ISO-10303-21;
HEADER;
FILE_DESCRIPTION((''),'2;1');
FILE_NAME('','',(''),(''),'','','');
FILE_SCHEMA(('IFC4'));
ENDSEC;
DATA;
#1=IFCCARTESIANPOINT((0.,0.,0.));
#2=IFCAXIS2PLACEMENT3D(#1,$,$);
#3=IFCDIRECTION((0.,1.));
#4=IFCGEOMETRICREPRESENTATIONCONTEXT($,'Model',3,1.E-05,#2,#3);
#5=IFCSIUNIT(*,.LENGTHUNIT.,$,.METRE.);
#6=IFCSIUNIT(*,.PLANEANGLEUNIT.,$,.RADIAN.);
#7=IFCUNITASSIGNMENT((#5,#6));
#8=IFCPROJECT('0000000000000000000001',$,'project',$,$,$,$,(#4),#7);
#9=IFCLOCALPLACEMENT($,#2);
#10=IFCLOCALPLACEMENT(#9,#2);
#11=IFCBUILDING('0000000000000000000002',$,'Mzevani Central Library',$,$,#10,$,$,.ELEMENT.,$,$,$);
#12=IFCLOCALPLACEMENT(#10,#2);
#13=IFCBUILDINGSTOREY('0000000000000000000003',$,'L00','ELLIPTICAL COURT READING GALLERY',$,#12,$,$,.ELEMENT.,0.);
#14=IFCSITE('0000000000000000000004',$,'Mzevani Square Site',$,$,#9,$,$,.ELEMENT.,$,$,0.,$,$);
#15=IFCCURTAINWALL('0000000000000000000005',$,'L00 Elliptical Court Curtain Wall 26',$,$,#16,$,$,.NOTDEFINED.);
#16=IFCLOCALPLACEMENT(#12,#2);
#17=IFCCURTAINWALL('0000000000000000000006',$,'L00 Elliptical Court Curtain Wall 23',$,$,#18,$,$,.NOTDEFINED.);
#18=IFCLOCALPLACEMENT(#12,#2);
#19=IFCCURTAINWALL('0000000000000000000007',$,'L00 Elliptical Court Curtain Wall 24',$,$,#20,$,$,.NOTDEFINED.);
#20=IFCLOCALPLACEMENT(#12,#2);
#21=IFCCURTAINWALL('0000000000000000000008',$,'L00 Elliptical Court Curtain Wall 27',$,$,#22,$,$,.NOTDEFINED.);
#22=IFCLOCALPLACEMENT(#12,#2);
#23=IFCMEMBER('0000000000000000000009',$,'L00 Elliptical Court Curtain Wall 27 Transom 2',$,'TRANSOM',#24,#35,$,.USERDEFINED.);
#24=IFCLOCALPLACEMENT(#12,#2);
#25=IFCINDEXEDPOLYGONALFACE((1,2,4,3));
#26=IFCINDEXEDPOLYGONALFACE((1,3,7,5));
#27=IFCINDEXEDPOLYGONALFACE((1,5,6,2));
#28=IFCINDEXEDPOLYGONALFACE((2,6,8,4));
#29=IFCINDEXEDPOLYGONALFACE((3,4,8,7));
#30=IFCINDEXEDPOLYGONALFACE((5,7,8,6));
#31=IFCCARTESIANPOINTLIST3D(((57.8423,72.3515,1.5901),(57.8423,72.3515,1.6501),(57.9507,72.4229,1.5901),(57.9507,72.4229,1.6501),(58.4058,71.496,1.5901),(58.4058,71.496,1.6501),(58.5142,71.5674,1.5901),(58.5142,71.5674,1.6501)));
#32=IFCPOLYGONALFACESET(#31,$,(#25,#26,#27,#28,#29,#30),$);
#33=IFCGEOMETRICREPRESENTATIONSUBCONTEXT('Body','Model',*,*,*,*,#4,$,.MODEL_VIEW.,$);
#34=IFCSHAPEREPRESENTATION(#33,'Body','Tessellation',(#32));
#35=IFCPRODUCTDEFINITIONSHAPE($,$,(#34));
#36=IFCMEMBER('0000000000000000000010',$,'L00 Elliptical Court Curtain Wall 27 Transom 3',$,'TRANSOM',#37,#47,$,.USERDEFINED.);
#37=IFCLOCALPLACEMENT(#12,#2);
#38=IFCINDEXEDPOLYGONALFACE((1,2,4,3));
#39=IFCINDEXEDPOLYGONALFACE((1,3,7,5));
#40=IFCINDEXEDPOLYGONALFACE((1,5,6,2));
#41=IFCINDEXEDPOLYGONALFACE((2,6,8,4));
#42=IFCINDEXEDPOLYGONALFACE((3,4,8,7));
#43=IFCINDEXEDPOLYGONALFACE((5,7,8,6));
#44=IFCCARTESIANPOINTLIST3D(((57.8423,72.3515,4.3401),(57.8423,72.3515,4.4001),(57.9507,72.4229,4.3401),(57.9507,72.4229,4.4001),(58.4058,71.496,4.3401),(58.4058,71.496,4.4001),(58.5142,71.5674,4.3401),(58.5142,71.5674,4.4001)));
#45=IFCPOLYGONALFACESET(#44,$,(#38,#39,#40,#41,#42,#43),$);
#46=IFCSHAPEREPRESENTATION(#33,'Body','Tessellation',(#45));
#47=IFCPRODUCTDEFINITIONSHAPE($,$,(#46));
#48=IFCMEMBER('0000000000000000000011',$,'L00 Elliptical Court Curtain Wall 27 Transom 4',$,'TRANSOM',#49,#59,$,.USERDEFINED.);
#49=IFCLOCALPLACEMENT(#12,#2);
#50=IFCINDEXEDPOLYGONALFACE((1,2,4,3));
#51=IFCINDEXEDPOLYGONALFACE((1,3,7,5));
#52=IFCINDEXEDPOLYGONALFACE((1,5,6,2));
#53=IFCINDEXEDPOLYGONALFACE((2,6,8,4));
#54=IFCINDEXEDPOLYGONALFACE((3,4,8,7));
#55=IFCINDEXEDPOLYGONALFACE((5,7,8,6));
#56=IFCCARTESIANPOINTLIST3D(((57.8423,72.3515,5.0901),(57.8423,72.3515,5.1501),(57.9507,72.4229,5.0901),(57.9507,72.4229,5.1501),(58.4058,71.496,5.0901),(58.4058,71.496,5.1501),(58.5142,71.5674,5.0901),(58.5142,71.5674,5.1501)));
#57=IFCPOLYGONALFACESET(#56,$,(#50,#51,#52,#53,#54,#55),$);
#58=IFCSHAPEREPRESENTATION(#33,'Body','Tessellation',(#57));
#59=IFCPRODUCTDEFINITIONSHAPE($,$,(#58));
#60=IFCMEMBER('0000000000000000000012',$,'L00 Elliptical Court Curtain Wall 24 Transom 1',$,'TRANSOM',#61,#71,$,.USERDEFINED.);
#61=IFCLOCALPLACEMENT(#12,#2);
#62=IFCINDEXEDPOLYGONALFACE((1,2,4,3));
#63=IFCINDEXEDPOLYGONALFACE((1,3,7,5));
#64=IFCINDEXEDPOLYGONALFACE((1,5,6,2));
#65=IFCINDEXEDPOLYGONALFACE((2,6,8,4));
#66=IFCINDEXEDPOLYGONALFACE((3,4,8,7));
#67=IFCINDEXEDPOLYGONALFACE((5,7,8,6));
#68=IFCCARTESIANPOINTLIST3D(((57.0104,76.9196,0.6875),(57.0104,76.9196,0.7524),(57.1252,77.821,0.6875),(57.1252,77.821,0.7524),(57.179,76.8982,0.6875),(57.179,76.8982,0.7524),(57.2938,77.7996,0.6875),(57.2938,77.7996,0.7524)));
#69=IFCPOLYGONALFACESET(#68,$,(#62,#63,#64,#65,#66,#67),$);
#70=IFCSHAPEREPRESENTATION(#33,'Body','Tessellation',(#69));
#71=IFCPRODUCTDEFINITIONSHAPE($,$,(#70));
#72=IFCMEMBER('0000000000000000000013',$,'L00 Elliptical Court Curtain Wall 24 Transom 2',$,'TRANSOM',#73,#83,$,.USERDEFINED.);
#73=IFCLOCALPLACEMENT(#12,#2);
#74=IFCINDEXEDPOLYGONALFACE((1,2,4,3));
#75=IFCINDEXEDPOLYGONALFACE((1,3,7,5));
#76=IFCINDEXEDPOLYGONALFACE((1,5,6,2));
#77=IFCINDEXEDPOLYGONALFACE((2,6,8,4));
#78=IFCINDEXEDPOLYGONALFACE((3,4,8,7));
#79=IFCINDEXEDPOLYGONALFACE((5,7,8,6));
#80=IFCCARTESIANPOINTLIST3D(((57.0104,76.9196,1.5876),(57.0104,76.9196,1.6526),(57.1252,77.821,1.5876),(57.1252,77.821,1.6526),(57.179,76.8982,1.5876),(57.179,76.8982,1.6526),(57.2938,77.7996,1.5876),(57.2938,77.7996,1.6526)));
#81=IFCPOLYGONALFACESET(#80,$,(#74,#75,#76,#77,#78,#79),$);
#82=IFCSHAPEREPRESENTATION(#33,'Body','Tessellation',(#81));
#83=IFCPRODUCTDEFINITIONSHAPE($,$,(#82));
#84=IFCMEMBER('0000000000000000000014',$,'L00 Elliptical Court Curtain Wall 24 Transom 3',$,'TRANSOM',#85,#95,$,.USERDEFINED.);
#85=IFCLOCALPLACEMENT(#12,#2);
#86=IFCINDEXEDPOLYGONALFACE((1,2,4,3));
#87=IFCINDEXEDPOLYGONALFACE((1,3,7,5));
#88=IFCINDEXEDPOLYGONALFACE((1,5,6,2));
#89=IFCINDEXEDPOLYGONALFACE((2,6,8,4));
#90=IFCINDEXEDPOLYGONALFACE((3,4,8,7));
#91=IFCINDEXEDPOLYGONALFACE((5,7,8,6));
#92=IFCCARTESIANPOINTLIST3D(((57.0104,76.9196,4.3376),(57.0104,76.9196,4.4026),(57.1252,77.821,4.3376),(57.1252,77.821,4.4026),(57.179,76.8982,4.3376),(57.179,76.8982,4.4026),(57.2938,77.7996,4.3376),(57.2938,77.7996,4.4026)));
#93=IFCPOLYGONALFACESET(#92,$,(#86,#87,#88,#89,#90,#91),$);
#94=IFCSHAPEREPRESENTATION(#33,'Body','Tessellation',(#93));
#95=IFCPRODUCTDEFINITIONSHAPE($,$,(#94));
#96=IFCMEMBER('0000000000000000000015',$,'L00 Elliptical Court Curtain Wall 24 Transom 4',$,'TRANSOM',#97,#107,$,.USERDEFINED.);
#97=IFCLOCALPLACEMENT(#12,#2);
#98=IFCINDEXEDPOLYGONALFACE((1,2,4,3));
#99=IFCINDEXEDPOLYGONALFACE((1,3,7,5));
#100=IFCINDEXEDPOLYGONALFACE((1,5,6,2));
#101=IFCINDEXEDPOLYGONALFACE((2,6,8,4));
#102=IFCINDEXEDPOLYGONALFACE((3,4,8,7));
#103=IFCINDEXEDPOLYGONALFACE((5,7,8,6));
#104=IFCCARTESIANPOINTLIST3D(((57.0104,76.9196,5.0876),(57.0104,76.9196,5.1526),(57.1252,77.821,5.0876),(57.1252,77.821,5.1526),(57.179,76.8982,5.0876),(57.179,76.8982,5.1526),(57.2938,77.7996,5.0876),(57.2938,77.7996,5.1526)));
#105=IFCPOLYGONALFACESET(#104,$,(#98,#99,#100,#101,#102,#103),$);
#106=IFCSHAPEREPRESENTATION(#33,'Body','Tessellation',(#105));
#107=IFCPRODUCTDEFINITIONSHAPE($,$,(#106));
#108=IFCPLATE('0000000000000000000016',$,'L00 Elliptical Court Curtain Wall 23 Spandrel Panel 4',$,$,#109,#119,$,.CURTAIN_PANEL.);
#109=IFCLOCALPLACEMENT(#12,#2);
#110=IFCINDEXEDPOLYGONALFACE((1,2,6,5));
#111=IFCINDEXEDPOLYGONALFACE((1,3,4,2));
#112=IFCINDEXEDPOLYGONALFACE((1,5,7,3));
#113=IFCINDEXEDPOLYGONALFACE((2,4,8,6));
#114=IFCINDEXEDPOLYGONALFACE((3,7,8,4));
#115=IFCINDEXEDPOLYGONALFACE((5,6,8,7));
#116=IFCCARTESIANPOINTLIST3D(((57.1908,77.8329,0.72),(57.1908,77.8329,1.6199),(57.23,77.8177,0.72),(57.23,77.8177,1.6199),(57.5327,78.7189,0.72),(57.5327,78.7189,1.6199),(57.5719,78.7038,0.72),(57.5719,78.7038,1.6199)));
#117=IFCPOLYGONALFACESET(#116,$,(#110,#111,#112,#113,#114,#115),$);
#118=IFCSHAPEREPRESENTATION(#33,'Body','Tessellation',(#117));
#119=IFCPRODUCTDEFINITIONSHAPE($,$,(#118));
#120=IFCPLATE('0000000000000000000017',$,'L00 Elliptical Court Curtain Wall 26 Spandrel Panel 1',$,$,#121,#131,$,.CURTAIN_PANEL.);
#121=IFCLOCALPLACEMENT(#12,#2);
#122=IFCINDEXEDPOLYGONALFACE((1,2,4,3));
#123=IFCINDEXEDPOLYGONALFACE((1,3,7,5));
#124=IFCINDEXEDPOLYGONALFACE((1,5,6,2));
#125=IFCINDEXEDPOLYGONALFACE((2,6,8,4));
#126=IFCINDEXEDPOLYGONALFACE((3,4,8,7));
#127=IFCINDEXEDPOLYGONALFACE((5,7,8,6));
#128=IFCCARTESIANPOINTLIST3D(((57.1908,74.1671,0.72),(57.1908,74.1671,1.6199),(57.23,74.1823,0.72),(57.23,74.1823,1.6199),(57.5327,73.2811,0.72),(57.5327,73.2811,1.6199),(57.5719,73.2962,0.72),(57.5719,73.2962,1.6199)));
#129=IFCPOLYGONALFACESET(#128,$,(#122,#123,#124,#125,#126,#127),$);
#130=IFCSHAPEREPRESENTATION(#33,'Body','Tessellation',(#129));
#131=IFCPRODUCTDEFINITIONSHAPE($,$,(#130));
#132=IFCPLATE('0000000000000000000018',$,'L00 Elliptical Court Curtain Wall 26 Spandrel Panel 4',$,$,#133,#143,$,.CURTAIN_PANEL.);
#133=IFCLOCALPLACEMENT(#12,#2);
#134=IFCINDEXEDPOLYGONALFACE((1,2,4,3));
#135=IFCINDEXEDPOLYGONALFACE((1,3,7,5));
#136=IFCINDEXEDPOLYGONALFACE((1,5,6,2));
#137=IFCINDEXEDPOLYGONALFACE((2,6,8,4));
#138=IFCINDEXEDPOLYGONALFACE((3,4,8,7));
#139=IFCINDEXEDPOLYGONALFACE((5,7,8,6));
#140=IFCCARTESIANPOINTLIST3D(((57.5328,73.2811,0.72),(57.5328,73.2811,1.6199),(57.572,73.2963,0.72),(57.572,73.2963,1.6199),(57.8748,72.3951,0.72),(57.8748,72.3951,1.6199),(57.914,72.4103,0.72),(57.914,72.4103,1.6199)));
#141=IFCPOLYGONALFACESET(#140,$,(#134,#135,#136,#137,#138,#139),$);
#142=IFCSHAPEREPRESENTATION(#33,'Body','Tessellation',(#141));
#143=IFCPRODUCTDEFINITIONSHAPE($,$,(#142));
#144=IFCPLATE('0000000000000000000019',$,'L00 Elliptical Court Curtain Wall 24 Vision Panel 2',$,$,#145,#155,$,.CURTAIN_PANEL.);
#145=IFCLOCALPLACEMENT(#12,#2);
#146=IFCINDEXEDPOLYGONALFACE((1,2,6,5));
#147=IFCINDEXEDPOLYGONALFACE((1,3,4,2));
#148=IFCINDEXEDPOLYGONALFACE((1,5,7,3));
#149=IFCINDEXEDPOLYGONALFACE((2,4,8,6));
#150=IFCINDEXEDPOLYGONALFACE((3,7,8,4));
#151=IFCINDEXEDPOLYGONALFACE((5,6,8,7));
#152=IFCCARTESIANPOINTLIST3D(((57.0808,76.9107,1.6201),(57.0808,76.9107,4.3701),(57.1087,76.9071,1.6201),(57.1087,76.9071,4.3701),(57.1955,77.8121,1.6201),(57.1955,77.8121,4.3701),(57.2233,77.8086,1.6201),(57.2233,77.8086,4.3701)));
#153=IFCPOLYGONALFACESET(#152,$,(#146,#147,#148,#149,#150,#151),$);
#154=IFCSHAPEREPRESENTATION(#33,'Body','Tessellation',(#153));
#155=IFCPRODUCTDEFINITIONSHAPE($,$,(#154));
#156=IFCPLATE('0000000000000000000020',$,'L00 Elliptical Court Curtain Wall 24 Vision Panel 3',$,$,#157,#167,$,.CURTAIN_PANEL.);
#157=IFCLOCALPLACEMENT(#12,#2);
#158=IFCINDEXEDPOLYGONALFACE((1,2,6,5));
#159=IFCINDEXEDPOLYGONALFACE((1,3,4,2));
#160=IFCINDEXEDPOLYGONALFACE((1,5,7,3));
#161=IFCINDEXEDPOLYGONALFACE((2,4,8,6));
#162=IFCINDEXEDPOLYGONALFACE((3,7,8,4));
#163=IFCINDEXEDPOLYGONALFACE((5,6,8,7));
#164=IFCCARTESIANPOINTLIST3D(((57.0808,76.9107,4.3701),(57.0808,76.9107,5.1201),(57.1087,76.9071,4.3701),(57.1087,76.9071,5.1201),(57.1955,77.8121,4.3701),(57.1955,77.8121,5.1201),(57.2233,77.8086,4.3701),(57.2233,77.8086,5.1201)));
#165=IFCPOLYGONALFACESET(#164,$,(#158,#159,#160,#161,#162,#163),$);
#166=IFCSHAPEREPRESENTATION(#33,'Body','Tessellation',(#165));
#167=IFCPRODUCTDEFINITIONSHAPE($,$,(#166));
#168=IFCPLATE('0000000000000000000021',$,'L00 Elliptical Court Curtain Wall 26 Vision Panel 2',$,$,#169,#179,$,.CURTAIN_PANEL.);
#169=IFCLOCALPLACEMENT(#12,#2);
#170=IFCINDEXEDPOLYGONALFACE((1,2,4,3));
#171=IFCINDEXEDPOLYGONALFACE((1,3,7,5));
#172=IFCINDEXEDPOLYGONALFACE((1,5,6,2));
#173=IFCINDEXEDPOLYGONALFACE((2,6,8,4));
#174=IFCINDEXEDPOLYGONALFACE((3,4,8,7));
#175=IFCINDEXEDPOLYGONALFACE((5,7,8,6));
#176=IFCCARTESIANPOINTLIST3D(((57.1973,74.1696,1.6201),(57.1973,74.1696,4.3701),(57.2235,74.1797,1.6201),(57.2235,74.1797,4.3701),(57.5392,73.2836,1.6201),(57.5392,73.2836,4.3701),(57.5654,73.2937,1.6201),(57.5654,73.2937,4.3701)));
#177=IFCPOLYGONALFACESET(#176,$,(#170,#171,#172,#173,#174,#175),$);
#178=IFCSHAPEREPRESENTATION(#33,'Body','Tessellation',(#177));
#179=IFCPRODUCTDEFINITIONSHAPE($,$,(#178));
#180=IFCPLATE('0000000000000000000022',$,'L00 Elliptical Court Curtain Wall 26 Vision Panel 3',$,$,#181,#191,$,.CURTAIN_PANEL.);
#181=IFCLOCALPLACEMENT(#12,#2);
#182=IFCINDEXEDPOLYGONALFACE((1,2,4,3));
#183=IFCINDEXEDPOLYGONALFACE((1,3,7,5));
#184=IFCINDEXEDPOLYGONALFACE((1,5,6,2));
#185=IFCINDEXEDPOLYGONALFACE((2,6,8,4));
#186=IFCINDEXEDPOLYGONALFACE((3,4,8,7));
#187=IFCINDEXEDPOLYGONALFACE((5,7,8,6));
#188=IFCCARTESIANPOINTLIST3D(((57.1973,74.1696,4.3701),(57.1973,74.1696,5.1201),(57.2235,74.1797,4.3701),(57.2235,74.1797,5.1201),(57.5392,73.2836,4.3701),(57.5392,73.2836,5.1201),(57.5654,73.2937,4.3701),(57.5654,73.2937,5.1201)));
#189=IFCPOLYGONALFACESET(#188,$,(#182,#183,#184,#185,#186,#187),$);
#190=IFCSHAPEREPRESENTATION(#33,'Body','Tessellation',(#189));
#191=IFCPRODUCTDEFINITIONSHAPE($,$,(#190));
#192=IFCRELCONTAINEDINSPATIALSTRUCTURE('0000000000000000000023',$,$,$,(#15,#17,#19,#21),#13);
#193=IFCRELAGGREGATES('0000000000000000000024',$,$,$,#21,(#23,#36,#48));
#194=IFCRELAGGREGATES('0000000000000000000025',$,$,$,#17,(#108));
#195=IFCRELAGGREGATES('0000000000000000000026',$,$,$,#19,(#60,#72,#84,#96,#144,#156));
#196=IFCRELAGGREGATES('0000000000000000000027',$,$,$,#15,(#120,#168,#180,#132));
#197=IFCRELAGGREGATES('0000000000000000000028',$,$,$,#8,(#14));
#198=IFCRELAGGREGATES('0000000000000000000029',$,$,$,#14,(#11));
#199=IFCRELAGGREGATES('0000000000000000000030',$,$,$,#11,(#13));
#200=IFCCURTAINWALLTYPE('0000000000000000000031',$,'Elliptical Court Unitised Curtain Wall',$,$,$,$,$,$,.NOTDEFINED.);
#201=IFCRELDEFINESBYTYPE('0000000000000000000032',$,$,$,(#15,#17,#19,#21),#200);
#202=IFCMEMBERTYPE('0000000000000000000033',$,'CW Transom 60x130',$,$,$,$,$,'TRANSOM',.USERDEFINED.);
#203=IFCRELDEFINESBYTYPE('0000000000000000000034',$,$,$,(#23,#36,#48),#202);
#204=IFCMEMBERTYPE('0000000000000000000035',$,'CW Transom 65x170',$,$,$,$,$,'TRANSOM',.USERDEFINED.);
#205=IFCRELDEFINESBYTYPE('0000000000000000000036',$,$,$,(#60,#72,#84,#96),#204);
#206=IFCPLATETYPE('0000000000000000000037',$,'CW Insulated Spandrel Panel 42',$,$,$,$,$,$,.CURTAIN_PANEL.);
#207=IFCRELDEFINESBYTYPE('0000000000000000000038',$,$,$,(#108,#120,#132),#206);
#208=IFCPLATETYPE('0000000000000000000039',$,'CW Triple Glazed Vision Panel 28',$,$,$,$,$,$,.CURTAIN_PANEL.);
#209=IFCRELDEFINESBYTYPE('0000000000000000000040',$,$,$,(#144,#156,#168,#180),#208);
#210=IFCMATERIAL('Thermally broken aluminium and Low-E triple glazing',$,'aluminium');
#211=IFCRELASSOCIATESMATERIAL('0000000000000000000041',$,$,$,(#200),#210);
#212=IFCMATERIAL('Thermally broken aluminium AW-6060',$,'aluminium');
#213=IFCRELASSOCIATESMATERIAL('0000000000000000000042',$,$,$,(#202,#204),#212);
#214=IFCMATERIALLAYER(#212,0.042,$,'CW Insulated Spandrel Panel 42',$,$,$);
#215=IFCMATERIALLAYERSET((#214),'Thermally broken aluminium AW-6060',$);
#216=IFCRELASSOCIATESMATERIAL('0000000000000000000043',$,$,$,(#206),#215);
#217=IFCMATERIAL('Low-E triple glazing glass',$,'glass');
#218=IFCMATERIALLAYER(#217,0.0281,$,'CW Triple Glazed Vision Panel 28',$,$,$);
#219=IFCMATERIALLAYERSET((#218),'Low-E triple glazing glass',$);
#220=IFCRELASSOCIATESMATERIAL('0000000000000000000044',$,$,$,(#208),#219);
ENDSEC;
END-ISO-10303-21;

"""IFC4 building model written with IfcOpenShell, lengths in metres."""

from ifc_helpers import new_model, si_unit, direction, frame, origin, origin_2d, place, context, subcontext, project, spatial, rectangle, extrude, material, layer, layer_set, material_profile, profile_set, type_object, element, aggregate, save


model = new_model("IFC4")

# Units and contexts
model_context = context("Model", 3, precision=1e-05, world=origin(), true_north=direction((0.0, 1.0)))
body_context = subcontext(model_context, "Body", "Model", "MODEL_VIEW")
ifc_project = project(units=[si_unit("LENGTHUNIT", "METRE"), si_unit("PLANEANGLEUNIT", "RADIAN")], contexts=[model_context])

# Site, building, storey
site_placement = place(None, origin())
site = spatial("IfcSite", under=ifc_project, at=site_placement, Name="Mzevani Square Site", CompositionType="ELEMENT", RefElevation=0.0)
building_placement = place(site_placement, origin())
building = spatial("IfcBuilding", under=site, at=building_placement, Name="Mzevani Central Library", CompositionType="ELEMENT")
storey_placement = place(building_placement, origin())
storey = spatial("IfcBuildingStorey", under=building, at=storey_placement, Name="L00", Description="ELLIPTICAL COURT READING GALLERY", CompositionType="ELEMENT", Elevation=0.0)

# Curtain wall
ifc_material_1 = material(Name="Thermally broken aluminium and Low-E triple glazing", Category="aluminium")
curtain_wall_type_1 = type_object("IfcCurtainWallType", Name="Elliptical Court Unitised Curtain Wall", PredefinedType="NOTDEFINED", material=ifc_material_1)
curtain_wall_1_placement = place(storey_placement, origin())
curtain_wall_1 = element("IfcCurtainWall", 1, at=curtain_wall_1_placement, inside=storey, type_object=curtain_wall_type_1, Name="L00 Elliptical Court Curtain Wall 26", PredefinedType="NOTDEFINED")
ifc_material_2 = material(Name="Thermally broken aluminium AW-6060", Category="aluminium")

# Curtain walls
curtain_wall_2_placement = place(storey_placement, origin())
curtain_wall_2 = element("IfcCurtainWall", 2, at=curtain_wall_2_placement, inside=storey, type_object=curtain_wall_type_1, Name="L00 Elliptical Court Curtain Wall 23", PredefinedType="NOTDEFINED")
curtain_wall_3_placement = place(storey_placement, origin())
curtain_wall_3 = element("IfcCurtainWall", 3, at=curtain_wall_3_placement, inside=storey, type_object=curtain_wall_type_1, Name="L00 Elliptical Court Curtain Wall 24", PredefinedType="NOTDEFINED")

# Curtain wall, members
curtain_wall_4_placement = place(storey_placement, origin())
curtain_wall_4 = element("IfcCurtainWall", 4, at=curtain_wall_4_placement, inside=storey, type_object=curtain_wall_type_1, Name="L00 Elliptical Court Curtain Wall 27", PredefinedType="NOTDEFINED")
ifc_material_profile_1 = material_profile(ifc_material_2, rectangle(XDim=0.1299, YDim=0.0601, at=origin_2d()), Name="ALU T60x130")
ifc_profile_set_1 = profile_set([ifc_material_profile_1], Name="Thermally broken aluminium AW-6060")
member_type_1 = type_object("IfcMemberType", Name="CW Transom 60x130", ElementType="TRANSOM", PredefinedType="USERDEFINED", material=ifc_profile_set_1)
member_1_placement = place(storey_placement, frame((57.8965, 72.3872, 1.6201), z_axis=(0.550072, -0.835117, 0.0), x_axis=(0.835117, 0.550072, 0.0)))
member_1 = element("IfcMember", 5, at=member_1_placement, type_object=member_type_1, Name="L00 Elliptical Court Curtain Wall 27 Transom 2", ObjectType="TRANSOM", PredefinedType="USERDEFINED", context=body_context, shape_type="SweptSolid", body=[
    extrude(rectangle(XDim=0.1299, YDim=0.0601, at=origin_2d()), origin(), (0.0, 0.0, 1.0), 1.0244),
])
member_2_placement = place(storey_placement, frame((57.8965, 72.3872, 4.3701), z_axis=(0.550072, -0.835117, 0.0), x_axis=(0.835117, 0.550072, 0.0)))
member_2 = element("IfcMember", 6, at=member_2_placement, type_object=member_type_1, Name="L00 Elliptical Court Curtain Wall 27 Transom 3", ObjectType="TRANSOM", PredefinedType="USERDEFINED", context=body_context, shape_type="SweptSolid", body=[
    extrude(rectangle(XDim=0.1299, YDim=0.0601, at=origin_2d()), origin(), (0.0, 0.0, 1.0), 1.0244),
])
member_3_placement = place(storey_placement, frame((57.8965, 72.3872, 5.1201), z_axis=(0.550072, -0.835117, 0.0), x_axis=(0.835117, 0.550072, 0.0)))
member_3 = element("IfcMember", 7, at=member_3_placement, type_object=member_type_1, Name="L00 Elliptical Court Curtain Wall 27 Transom 4", ObjectType="TRANSOM", PredefinedType="USERDEFINED", context=body_context, shape_type="SweptSolid", body=[
    extrude(rectangle(XDim=0.1299, YDim=0.0601, at=origin_2d()), origin(), (0.0, 0.0, 1.0), 1.0244),
])
aggregate(curtain_wall_4, [member_1, member_2, member_3])

# Members
ifc_material_profile_2 = material_profile(ifc_material_2, rectangle(XDim=0.1699, YDim=0.0649, at=origin_2d()), Name="ALU T65x170")
ifc_profile_set_2 = profile_set([ifc_material_profile_2], Name="Thermally broken aluminium AW-6060")
member_type_2 = type_object("IfcMemberType", Name="CW Transom 65x170", ElementType="TRANSOM", PredefinedType="USERDEFINED", material=ifc_profile_set_2)
member_4_placement = place(storey_placement, frame((57.2095, 77.8103, 0.72), z_axis=(-0.126283, -0.991994, 0.0), x_axis=(0.991994, -0.126283, 0.0)))
member_4 = element("IfcMember", 8, at=member_4_placement, type_object=member_type_2, Name="L00 Elliptical Court Curtain Wall 24 Transom 1", ObjectType="TRANSOM", PredefinedType="USERDEFINED", context=body_context, shape_type="SweptSolid", body=[
    extrude(rectangle(XDim=0.1699, YDim=0.0649, at=origin_2d()), origin(), (0.0, 0.0, 1.0), 0.9087),
])
member_5_placement = place(storey_placement, frame((57.2095, 77.8103, 1.6201), z_axis=(-0.126283, -0.991994, 0.0), x_axis=(0.991994, -0.126283, 0.0)))
member_5 = element("IfcMember", 9, at=member_5_placement, type_object=member_type_2, Name="L00 Elliptical Court Curtain Wall 24 Transom 2", ObjectType="TRANSOM", PredefinedType="USERDEFINED", context=body_context, shape_type="SweptSolid", body=[
    extrude(rectangle(XDim=0.1699, YDim=0.0649, at=origin_2d()), origin(), (0.0, 0.0, 1.0), 0.9087),
])
member_6_placement = place(storey_placement, frame((57.2095, 77.8103, 4.3701), z_axis=(-0.126283, -0.991994, 0.0), x_axis=(0.991994, -0.126283, 0.0)))
member_6 = element("IfcMember", 10, at=member_6_placement, type_object=member_type_2, Name="L00 Elliptical Court Curtain Wall 24 Transom 3", ObjectType="TRANSOM", PredefinedType="USERDEFINED", context=body_context, shape_type="SweptSolid", body=[
    extrude(rectangle(XDim=0.1699, YDim=0.0649, at=origin_2d()), origin(), (0.0, 0.0, 1.0), 0.9087),
])
member_7_placement = place(storey_placement, frame((57.2095, 77.8103, 5.1201), z_axis=(-0.126283, -0.991994, 0.0), x_axis=(0.991994, -0.126283, 0.0)))
member_7 = element("IfcMember", 11, at=member_7_placement, type_object=member_type_2, Name="L00 Elliptical Court Curtain Wall 24 Transom 4", ObjectType="TRANSOM", PredefinedType="USERDEFINED", context=body_context, shape_type="SweptSolid", body=[
    extrude(rectangle(XDim=0.1699, YDim=0.0649, at=origin_2d()), origin(), (0.0, 0.0, 1.0), 0.9087),
])

# Plates
ifc_layer_1 = layer(ifc_material_2, 0.042, Name="CW Insulated Spandrel Panel 42")
ifc_layer_set_1 = layer_set([ifc_layer_1], Name="Thermally broken aluminium AW-6060")
plate_type_1 = type_object("IfcPlateType", Name="CW Insulated Spandrel Panel 42", PredefinedType="CURTAIN_PANEL", material=ifc_layer_set_1)
plate_1_placement = place(storey_placement, frame((57.3813, 78.2683, 0.72), z_axis=(0.0, 0.0, 1.0), x_axis=(-0.360062, -0.932928, 0.0)))
plate_1 = element("IfcPlate", 12, at=plate_1_placement, type_object=plate_type_1, Name="L00 Elliptical Court Curtain Wall 23 Spandrel Panel 4", PredefinedType="CURTAIN_PANEL", context=body_context, shape_type="SweptSolid", body=[
    extrude(rectangle(XDim=0.9497, YDim=0.042, at=origin_2d()), origin(), (0.0, 0.0, 1.0), 0.8999),
])
aggregate(curtain_wall_2, [plate_1])
plate_2_placement = place(storey_placement, frame((57.3813, 73.7317, 0.72), z_axis=(0.0, 0.0, 1.0), x_axis=(0.360062, -0.932928, 0.0)))
plate_2 = element("IfcPlate", 13, at=plate_2_placement, type_object=plate_type_1, Name="L00 Elliptical Court Curtain Wall 26 Spandrel Panel 1", PredefinedType="CURTAIN_PANEL", context=body_context, shape_type="SweptSolid", body=[
    extrude(rectangle(XDim=0.9497, YDim=0.042, at=origin_2d()), origin(), (0.0, 0.0, 1.0), 0.8999),
])
plate_3_placement = place(storey_placement, frame((57.7234, 72.8457, 0.72), z_axis=(0.0, 0.0, 1.0), x_axis=(0.360062, -0.932928, 0.0)))
plate_3 = element("IfcPlate", 14, at=plate_3_placement, type_object=plate_type_1, Name="L00 Elliptical Court Curtain Wall 26 Spandrel Panel 4", PredefinedType="CURTAIN_PANEL", context=body_context, shape_type="SweptSolid", body=[
    extrude(rectangle(XDim=0.9497, YDim=0.042, at=origin_2d()), origin(), (0.0, 0.0, 1.0), 0.8999),
])
ifc_material_3 = material(Name="Low-E triple glazing glass", Category="glass")
ifc_layer_2 = layer(ifc_material_3, 0.0281, Name="CW Triple Glazed Vision Panel 28")
ifc_layer_set_2 = layer_set([ifc_layer_2], Name="Low-E triple glazing glass")
plate_type_2 = type_object("IfcPlateType", Name="CW Triple Glazed Vision Panel 28", PredefinedType="CURTAIN_PANEL", material=ifc_layer_set_2)
plate_4_placement = place(storey_placement, frame((57.1521, 77.3596, 1.6201), z_axis=(0.0, 0.0, 1.0), x_axis=(-0.126168, -0.992009, 0.0)))
plate_4 = element("IfcPlate", 15, at=plate_4_placement, type_object=plate_type_2, Name="L00 Elliptical Court Curtain Wall 24 Vision Panel 2", PredefinedType="CURTAIN_PANEL", context=body_context, shape_type="SweptSolid", body=[
    extrude(rectangle(XDim=0.9087, YDim=0.0281, at=origin_2d()), origin(), (0.0, 0.0, 1.0), 2.75),
])
plate_5_placement = place(storey_placement, frame((57.1521, 77.3596, 4.3701), z_axis=(0.0, 0.0, 1.0), x_axis=(-0.126168, -0.992009, 0.0)))
plate_5 = element("IfcPlate", 16, at=plate_5_placement, type_object=plate_type_2, Name="L00 Elliptical Court Curtain Wall 24 Vision Panel 3", PredefinedType="CURTAIN_PANEL", context=body_context, shape_type="SweptSolid", body=[
    extrude(rectangle(XDim=0.9087, YDim=0.0281, at=origin_2d()), origin(), (0.0, 0.0, 1.0), 0.75),
])
aggregate(curtain_wall_3, [member_4, member_5, member_6, member_7, plate_4, plate_5])
plate_6_placement = place(storey_placement, frame((57.3813, 73.7317, 1.6201), z_axis=(0.0, 0.0, 1.0), x_axis=(0.360062, -0.932928, 0.0)))
plate_6 = element("IfcPlate", 17, at=plate_6_placement, type_object=plate_type_2, Name="L00 Elliptical Court Curtain Wall 26 Vision Panel 2", PredefinedType="CURTAIN_PANEL", context=body_context, shape_type="SweptSolid", body=[
    extrude(rectangle(XDim=0.9497, YDim=0.0281, at=origin_2d()), origin(), (0.0, 0.0, 1.0), 2.75),
])
plate_7_placement = place(storey_placement, frame((57.3813, 73.7317, 4.3701), z_axis=(0.0, 0.0, 1.0), x_axis=(0.360062, -0.932928, 0.0)))
plate_7 = element("IfcPlate", 18, at=plate_7_placement, type_object=plate_type_2, Name="L00 Elliptical Court Curtain Wall 26 Vision Panel 3", PredefinedType="CURTAIN_PANEL", context=body_context, shape_type="SweptSolid", body=[
    extrude(rectangle(XDim=0.9497, YDim=0.0281, at=origin_2d()), origin(), (0.0, 0.0, 1.0), 0.75),
])
aggregate(curtain_wall_1, [plate_2, plate_6, plate_7, plate_3])

save(model, "model.ifc")
